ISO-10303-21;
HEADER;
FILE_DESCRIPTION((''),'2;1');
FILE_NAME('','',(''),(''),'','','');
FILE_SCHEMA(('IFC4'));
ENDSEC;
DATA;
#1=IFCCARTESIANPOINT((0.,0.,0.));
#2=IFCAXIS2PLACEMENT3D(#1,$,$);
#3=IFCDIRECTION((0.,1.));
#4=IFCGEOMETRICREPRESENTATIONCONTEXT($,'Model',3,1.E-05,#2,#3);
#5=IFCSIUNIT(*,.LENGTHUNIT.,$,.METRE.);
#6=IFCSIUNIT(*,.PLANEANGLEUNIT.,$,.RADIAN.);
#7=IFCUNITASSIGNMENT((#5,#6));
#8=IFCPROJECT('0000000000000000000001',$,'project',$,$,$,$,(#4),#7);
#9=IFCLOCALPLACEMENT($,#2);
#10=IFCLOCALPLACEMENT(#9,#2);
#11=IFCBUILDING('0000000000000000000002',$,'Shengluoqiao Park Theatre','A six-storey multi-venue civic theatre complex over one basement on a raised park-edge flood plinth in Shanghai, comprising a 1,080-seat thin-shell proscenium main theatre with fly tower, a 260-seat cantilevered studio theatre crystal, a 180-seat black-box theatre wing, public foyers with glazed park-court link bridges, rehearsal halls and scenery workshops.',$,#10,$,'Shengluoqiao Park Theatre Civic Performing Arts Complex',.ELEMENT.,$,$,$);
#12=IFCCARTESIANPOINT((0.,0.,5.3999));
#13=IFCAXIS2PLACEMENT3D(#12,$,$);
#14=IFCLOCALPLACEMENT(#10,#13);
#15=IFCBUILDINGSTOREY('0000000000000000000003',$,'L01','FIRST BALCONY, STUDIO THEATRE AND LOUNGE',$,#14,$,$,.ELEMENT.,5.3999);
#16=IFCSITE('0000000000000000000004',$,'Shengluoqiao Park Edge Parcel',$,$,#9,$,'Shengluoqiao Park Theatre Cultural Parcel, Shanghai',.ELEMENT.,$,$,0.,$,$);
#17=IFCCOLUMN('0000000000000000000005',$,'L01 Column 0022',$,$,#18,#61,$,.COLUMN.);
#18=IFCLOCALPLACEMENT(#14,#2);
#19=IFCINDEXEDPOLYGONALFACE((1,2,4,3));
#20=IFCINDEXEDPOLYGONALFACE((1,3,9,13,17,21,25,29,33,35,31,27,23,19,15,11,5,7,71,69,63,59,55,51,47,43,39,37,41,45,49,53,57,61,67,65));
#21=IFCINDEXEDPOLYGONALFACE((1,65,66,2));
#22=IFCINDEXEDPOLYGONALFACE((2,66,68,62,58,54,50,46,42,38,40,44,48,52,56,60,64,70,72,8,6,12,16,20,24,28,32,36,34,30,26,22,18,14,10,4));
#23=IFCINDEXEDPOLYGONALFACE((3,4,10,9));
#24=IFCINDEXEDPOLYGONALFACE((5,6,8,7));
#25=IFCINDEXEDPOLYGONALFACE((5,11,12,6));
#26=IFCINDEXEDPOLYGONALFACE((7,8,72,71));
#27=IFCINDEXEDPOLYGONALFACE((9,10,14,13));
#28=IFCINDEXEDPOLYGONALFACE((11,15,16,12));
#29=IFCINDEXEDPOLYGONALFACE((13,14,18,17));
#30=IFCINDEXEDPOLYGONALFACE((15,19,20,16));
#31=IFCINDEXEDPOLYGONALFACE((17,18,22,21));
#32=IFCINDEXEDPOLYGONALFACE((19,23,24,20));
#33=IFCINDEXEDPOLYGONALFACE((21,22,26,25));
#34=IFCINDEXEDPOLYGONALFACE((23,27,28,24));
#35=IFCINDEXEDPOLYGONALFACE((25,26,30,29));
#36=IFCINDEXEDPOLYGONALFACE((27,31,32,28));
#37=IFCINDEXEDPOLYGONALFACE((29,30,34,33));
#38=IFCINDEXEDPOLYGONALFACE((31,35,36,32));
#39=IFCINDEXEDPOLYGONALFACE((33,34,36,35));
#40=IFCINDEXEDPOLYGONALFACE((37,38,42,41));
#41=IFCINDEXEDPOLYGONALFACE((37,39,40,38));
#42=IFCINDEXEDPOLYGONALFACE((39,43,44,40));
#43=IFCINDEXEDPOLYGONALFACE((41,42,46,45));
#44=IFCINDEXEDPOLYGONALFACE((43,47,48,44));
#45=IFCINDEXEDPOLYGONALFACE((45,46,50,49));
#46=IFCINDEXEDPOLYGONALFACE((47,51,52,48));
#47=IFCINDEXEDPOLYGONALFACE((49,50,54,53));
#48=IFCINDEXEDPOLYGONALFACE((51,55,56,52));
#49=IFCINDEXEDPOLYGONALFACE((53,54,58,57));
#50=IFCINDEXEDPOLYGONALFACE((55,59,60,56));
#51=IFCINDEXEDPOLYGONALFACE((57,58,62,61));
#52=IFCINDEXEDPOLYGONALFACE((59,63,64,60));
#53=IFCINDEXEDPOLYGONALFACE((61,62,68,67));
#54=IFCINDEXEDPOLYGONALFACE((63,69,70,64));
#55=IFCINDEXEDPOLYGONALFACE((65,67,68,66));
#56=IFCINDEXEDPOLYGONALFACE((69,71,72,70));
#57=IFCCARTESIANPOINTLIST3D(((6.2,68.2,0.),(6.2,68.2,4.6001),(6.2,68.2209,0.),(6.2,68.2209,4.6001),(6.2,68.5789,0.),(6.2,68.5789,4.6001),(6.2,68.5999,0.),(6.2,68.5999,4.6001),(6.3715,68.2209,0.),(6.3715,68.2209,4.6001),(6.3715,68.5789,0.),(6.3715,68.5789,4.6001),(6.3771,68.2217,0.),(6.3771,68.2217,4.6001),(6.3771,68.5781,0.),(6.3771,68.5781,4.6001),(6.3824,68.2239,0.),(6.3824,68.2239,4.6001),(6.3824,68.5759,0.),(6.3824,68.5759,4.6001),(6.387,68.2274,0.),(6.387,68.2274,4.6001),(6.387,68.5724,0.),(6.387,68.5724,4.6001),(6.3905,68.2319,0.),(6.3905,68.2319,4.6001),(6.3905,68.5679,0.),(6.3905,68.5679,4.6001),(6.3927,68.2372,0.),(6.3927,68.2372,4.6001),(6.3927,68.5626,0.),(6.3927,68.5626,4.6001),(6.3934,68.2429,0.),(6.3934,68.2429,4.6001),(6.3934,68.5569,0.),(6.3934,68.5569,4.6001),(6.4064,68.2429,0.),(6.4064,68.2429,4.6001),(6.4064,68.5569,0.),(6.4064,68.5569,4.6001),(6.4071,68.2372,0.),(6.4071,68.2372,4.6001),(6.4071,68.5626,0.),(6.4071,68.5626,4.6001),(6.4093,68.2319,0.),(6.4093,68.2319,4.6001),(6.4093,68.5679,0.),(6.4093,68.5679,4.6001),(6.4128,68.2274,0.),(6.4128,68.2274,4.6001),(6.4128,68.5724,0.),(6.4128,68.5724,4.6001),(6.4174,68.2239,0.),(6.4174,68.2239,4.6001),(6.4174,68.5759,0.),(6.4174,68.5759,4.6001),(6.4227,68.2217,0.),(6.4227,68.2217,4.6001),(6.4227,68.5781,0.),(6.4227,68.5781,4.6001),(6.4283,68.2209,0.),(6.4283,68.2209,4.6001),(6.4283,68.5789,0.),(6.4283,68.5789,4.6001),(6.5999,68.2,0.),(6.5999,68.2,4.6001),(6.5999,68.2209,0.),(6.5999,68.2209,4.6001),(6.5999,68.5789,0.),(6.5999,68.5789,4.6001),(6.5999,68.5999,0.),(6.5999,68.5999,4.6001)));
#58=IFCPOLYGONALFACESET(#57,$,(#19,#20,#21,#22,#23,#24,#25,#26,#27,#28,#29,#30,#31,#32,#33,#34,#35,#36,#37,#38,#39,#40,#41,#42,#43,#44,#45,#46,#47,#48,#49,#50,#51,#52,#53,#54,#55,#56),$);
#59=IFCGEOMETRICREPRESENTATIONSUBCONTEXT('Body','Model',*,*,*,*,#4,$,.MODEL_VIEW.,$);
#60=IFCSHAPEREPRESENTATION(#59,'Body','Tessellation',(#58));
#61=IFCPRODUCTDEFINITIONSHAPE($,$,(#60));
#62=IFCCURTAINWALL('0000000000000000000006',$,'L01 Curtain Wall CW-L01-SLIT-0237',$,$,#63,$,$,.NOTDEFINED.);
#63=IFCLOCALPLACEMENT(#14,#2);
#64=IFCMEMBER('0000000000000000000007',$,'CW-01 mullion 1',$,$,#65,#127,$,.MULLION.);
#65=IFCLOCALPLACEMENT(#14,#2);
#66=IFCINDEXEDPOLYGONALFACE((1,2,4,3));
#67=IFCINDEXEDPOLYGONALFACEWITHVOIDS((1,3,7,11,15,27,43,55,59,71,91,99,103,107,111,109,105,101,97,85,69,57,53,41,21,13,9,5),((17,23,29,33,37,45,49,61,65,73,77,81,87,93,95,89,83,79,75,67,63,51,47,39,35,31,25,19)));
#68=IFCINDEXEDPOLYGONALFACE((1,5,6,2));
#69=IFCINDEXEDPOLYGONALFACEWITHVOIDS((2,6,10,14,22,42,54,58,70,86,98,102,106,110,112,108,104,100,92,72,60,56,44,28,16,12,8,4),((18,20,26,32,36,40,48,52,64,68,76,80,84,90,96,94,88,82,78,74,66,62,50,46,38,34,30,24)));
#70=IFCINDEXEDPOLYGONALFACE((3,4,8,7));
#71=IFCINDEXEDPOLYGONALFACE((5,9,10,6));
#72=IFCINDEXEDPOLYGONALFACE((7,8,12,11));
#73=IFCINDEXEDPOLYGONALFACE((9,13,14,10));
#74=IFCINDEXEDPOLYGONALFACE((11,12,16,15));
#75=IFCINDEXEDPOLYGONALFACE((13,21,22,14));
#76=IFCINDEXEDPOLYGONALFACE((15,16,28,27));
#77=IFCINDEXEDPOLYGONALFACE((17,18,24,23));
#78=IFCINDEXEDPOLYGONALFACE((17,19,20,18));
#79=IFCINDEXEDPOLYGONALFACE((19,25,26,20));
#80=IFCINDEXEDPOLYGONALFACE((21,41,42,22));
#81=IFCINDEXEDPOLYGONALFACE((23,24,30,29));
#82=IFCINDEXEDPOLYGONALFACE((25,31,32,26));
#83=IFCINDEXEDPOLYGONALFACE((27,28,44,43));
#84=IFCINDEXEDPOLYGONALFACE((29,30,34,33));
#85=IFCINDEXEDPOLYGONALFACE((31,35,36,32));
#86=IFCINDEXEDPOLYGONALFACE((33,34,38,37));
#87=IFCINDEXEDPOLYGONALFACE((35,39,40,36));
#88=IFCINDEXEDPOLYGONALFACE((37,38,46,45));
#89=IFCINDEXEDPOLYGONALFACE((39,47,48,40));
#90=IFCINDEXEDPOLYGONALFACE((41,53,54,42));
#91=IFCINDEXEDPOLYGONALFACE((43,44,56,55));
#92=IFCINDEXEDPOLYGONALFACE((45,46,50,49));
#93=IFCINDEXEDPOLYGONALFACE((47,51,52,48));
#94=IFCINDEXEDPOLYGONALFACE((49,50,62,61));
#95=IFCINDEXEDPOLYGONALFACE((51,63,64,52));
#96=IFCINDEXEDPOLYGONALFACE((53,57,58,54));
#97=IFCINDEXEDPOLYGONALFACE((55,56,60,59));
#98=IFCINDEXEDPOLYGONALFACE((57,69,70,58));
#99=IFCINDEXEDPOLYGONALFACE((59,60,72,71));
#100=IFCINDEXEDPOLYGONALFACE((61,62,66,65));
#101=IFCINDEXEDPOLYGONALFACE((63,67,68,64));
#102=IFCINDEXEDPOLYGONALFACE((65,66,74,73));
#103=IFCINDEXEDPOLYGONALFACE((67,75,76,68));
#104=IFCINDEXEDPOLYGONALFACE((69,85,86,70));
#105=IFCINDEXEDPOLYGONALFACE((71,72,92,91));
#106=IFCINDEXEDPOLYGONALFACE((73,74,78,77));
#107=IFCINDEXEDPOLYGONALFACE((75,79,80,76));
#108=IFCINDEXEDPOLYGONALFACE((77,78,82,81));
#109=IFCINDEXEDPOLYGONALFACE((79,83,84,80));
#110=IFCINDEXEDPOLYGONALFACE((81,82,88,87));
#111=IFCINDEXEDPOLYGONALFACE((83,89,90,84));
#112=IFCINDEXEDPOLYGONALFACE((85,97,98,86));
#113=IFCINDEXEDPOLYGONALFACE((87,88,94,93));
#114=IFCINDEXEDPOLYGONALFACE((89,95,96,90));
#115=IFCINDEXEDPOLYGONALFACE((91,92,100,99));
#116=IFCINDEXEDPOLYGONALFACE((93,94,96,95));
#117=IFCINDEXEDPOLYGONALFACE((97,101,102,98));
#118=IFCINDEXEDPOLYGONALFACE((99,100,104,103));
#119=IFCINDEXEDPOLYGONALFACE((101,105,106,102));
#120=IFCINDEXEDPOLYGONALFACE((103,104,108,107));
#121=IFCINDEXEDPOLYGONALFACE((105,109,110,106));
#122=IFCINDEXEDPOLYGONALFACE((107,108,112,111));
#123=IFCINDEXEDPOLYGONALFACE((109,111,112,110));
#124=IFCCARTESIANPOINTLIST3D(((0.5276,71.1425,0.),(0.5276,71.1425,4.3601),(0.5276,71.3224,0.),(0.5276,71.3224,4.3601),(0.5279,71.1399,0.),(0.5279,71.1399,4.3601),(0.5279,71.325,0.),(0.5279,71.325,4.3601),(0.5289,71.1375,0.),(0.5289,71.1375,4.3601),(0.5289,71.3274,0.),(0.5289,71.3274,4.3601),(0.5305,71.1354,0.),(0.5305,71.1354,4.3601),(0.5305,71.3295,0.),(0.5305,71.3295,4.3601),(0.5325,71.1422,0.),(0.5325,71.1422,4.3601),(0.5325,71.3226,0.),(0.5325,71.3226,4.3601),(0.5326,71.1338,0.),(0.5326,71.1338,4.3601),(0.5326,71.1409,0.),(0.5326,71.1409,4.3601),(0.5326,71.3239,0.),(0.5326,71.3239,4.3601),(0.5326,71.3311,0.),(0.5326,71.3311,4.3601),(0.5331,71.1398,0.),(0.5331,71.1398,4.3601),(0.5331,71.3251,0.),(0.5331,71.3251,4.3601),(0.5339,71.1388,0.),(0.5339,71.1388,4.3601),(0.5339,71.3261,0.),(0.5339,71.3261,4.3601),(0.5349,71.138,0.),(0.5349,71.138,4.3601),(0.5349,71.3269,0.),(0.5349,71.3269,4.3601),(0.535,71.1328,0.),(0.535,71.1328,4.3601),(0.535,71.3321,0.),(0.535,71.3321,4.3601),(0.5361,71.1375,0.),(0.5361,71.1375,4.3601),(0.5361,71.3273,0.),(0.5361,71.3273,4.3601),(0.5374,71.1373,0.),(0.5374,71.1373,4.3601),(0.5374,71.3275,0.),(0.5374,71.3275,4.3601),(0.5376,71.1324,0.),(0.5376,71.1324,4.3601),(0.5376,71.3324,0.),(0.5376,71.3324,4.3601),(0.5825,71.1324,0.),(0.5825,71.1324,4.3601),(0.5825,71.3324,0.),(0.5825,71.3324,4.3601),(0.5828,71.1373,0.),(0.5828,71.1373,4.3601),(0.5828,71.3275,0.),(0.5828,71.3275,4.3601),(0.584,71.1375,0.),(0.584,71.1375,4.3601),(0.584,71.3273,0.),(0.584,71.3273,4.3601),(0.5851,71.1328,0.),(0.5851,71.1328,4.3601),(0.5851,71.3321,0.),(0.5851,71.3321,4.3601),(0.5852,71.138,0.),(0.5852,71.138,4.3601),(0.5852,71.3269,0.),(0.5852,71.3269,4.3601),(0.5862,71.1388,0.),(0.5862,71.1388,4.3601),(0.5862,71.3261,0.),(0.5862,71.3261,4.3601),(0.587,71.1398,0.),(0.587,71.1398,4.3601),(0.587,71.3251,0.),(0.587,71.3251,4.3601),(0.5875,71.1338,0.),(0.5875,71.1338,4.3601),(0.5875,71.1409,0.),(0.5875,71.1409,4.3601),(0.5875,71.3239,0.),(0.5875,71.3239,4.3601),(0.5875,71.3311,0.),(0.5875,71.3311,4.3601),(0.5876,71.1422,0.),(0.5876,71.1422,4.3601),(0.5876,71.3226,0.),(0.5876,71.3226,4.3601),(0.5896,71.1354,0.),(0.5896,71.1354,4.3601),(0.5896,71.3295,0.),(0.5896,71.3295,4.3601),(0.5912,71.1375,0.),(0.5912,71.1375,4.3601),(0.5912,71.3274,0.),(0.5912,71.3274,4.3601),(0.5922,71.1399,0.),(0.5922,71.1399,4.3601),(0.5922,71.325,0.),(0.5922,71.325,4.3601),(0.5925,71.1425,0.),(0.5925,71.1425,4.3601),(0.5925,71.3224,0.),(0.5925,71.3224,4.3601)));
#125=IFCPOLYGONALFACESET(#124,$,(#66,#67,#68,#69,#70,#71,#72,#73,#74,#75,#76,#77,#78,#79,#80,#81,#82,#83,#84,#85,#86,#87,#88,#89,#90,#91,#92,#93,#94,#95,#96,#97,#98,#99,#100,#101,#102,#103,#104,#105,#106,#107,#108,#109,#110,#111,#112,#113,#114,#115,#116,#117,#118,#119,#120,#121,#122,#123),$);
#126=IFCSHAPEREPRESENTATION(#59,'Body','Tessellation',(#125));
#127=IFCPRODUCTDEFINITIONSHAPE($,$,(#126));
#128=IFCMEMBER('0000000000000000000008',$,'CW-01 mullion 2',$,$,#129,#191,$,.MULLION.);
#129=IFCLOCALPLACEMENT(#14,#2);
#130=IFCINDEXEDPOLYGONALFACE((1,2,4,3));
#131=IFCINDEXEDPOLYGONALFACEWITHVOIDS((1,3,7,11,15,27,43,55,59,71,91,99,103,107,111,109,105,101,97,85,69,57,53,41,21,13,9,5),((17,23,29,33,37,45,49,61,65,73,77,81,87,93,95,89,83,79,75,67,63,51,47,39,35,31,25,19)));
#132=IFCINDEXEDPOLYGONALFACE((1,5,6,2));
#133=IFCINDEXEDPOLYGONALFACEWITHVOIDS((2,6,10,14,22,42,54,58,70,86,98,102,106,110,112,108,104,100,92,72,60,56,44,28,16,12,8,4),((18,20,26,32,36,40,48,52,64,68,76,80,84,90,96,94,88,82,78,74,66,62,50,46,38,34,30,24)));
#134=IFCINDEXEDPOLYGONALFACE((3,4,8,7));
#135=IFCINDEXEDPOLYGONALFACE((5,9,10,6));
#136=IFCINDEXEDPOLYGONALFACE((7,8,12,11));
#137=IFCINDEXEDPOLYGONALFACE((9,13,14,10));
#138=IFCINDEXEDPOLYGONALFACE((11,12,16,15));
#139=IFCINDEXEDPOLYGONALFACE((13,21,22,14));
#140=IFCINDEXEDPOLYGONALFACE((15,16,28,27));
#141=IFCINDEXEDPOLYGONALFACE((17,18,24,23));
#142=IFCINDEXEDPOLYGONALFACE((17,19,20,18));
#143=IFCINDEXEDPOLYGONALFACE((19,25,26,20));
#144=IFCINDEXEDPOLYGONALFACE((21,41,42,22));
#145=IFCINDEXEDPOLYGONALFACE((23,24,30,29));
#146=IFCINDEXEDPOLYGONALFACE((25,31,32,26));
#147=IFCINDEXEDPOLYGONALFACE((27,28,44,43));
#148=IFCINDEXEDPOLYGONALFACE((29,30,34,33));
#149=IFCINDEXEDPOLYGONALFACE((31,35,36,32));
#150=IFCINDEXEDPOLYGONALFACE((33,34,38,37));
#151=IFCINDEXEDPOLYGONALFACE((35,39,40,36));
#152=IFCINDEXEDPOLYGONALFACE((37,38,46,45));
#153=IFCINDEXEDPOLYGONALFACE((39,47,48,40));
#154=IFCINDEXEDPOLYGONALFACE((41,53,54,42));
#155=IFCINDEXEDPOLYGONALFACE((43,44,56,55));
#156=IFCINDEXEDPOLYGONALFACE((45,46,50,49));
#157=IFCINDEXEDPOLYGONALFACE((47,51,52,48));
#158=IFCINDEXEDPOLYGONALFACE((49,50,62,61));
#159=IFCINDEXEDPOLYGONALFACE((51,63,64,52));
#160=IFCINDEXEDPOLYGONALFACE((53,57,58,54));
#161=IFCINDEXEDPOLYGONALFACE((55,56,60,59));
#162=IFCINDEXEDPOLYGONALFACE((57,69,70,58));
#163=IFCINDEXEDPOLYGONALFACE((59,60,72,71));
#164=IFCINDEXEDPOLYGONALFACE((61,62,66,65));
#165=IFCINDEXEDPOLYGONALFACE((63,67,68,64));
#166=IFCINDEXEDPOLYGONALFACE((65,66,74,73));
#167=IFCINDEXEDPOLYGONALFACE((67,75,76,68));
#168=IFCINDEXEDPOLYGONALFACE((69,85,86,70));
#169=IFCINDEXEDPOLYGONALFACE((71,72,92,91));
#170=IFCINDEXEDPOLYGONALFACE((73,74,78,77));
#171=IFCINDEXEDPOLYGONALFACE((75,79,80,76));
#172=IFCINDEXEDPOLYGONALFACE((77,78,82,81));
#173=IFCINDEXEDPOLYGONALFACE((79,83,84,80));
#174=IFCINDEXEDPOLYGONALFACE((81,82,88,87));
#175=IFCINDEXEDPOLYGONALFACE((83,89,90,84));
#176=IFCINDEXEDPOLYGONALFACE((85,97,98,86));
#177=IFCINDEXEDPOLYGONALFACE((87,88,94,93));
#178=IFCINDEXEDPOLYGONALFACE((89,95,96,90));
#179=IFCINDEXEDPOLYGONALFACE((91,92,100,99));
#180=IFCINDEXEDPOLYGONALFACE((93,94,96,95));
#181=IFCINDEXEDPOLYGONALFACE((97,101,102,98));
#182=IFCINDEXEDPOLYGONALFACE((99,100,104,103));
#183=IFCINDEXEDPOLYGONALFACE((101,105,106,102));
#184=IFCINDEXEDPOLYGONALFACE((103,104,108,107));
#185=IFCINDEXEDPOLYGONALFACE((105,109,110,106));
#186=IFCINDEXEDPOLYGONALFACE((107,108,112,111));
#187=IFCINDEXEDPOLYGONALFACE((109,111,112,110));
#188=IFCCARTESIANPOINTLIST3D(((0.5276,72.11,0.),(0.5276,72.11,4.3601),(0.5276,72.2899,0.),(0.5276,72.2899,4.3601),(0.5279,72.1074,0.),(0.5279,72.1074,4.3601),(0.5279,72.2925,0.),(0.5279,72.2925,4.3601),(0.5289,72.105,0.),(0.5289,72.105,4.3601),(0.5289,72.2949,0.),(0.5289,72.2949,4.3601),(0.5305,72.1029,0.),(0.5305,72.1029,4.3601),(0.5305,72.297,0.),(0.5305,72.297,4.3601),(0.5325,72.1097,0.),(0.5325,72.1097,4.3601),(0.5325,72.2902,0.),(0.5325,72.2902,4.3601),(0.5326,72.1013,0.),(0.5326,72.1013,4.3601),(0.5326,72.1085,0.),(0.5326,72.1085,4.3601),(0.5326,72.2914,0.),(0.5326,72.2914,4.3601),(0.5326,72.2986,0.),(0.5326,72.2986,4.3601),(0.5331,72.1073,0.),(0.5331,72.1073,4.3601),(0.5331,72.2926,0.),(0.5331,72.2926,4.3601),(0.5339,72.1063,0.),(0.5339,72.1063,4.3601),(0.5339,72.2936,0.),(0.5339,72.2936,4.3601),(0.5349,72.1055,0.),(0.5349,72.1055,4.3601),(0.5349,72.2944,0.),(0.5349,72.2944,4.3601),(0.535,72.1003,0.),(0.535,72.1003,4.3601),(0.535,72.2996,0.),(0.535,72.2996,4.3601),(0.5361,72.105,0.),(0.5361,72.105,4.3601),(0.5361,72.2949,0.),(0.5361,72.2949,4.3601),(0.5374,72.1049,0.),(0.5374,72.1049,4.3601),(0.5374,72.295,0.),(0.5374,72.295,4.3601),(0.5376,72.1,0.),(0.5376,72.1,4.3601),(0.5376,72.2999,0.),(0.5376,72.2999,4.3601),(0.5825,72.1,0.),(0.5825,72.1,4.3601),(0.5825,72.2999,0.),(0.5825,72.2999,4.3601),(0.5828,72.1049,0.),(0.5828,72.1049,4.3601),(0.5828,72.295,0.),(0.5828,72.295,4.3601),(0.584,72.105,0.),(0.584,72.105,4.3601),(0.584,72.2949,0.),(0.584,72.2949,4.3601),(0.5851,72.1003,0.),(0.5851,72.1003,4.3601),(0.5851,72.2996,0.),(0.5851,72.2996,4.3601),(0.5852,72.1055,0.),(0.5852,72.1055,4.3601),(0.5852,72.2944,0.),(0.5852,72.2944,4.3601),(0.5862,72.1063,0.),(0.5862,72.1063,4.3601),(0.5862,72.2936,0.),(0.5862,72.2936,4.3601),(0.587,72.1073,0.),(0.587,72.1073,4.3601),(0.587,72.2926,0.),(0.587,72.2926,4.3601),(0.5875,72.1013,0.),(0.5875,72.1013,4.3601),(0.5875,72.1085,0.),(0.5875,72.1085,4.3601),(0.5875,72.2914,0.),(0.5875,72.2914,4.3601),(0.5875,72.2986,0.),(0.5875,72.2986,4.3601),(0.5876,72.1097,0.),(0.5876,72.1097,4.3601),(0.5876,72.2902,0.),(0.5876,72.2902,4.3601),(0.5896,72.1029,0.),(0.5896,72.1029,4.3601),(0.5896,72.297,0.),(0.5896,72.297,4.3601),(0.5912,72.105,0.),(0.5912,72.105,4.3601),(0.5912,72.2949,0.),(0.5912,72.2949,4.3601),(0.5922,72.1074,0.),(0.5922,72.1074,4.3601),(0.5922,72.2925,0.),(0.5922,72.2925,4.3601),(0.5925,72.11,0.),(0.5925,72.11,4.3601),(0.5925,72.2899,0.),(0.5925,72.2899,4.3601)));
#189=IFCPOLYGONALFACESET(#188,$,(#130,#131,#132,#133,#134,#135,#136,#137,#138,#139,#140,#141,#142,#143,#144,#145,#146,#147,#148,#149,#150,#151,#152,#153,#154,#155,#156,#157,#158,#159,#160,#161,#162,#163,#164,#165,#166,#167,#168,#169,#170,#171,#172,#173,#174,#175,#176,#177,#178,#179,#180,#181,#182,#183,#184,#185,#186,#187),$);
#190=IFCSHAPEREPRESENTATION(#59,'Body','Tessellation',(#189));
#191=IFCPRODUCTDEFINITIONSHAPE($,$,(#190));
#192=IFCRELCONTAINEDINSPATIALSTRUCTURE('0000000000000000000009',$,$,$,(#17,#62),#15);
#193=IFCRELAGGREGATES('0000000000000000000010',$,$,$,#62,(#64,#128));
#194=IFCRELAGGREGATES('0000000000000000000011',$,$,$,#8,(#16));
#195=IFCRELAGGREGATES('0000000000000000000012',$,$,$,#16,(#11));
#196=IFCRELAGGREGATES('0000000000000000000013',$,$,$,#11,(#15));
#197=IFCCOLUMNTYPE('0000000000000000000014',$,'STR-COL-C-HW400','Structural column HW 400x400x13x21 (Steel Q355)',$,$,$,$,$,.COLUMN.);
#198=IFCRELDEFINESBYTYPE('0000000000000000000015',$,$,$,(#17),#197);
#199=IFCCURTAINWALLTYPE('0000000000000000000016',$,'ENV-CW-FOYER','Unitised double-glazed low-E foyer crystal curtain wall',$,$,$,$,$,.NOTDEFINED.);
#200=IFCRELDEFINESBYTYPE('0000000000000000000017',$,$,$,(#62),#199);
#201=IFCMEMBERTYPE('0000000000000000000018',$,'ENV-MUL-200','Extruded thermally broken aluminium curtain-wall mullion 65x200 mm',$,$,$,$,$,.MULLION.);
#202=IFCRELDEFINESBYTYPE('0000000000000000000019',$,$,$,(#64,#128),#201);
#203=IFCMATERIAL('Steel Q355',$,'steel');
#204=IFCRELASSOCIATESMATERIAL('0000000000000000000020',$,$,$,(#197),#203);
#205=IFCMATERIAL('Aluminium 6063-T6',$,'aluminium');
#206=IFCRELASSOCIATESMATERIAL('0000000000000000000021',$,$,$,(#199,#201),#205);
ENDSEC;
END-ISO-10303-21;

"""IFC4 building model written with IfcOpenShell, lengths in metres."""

from ifc_helpers import new_model, si_unit, direction, frame, origin, origin_2d, place, context, subcontext, project, spatial, hollow_rectangle, i_section, extrude, material, material_profile, profile_set, type_object, element, aggregate, save


model = new_model("IFC4")

# Units and contexts
model_context = context("Model", 3, precision=1e-05, world=origin(), true_north=direction((0.0, 1.0)))
body_context = subcontext(model_context, "Body", "Model", "MODEL_VIEW")
ifc_project = project(units=[si_unit("LENGTHUNIT", "METRE"), si_unit("PLANEANGLEUNIT", "RADIAN")], contexts=[model_context])

# Site, building, storey
site_placement = place(None, origin())
site = spatial("IfcSite", under=ifc_project, at=site_placement, Name="Shengluoqiao Park Edge Parcel", LongName="Shengluoqiao Park Theatre Cultural Parcel, Shanghai", CompositionType="ELEMENT", RefElevation=0.0)
building_placement = place(site_placement, origin())
building = spatial("IfcBuilding", under=site, at=building_placement, Name="Shengluoqiao Park Theatre", Description="A six-storey multi-venue civic theatre complex over one basement on a raised park-edge flood plinth in Shanghai, comprising a 1,080-seat thin-shell proscenium main theatre with fly tower, a 260-seat cantilevered studio theatre crystal, a 180-seat black-box theatre wing, public foyers with glazed park-court link bridges, rehearsal halls and scenery workshops.", LongName="Shengluoqiao Park Theatre Civic Performing Arts Complex", CompositionType="ELEMENT")
storey_placement = place(building_placement, frame((0.0, 0.0, 5.3999)))
storey = spatial("IfcBuildingStorey", under=building, at=storey_placement, Name="L01", Description="FIRST BALCONY, STUDIO THEATRE AND LOUNGE", CompositionType="ELEMENT", Elevation=5.3999)

# Column
ifc_material_1 = material(Name="Steel Q355", Category="steel")
ifc_material_profile_1 = material_profile(ifc_material_1, i_section(OverallWidth=0.3999, OverallDepth=0.3999, WebThickness=0.0129, FlangeThickness=0.021, FilletRadius=0.022, at=origin_2d()), Name="HW 400x400x13x21")
ifc_profile_set_1 = profile_set([ifc_material_profile_1], Name="Steel Q355")
column_type = type_object("IfcColumnType", Name="STR-COL-C-HW400", Description="Structural column HW 400x400x13x21 (Steel Q355)", PredefinedType="COLUMN", material=ifc_profile_set_1)
column_placement = place(storey_placement, frame((6.3999, 68.3999, 0.0), z_axis=(0.0, 0.0, 1.0), x_axis=(1.0, 0.0, 0.0)))
element("IfcColumn", 1, at=column_placement, inside=storey, type_object=column_type, Name="L01 Column 0022", PredefinedType="COLUMN", context=body_context, shape_type="SweptSolid", body=[
    extrude(i_section(OverallWidth=0.3999, OverallDepth=0.3999, WebThickness=0.0129, FlangeThickness=0.021, FilletRadius=0.022, at=origin_2d()), origin(), (0.0, 0.0, 1.0), 4.6001),
])

# Curtain wall, members
ifc_material_2 = material(Name="Aluminium 6063-T6", Category="aluminium")
curtain_wall_type = type_object("IfcCurtainWallType", Name="ENV-CW-FOYER", Description="Unitised double-glazed low-E foyer crystal curtain wall", PredefinedType="NOTDEFINED", material=ifc_material_2)
curtain_wall_placement = place(storey_placement, origin())
curtain_wall = element("IfcCurtainWall", 2, at=curtain_wall_placement, inside=storey, type_object=curtain_wall_type, Name="L01 Curtain Wall CW-L01-SLIT-0237", PredefinedType="NOTDEFINED")
ifc_material_profile_2 = material_profile(ifc_material_2, hollow_rectangle(XDim=0.0649, YDim=0.2, WallThickness=0.0049, InnerFilletRadius=0.0049, OuterFilletRadius=0.01, at=origin_2d()), Name="ALU MULLION 200x65x5")
ifc_profile_set_2 = profile_set([ifc_material_profile_2], Name="Aluminium 6063-T6")
member_type_1 = type_object("IfcMemberType", Name="ENV-MUL-200", Description="Extruded thermally broken aluminium curtain-wall mullion 65x200 mm", PredefinedType="MULLION", material=ifc_profile_set_2)
member_1_placement = place(storey_placement, frame((0.5601, 71.2324, 0.0), z_axis=(0.0, 0.0, 1.0), x_axis=(-1.0, 0.0, 0.0)))
member_1 = element("IfcMember", 3, at=member_1_placement, type_object=member_type_1, Name="CW-01 mullion 1", PredefinedType="MULLION", context=body_context, shape_type="SweptSolid", body=[
    extrude(hollow_rectangle(XDim=0.0649, YDim=0.2, WallThickness=0.0049, InnerFilletRadius=0.0049, OuterFilletRadius=0.01, at=origin_2d()), origin(), (0.0, 0.0, 1.0), 4.3601),
])
member_2_placement = place(storey_placement, frame((0.5601, 72.2, 0.0), z_axis=(0.0, 0.0, 1.0), x_axis=(-1.0, 0.0, 0.0)))
member_2 = element("IfcMember", 4, at=member_2_placement, type_object=member_type_1, Name="CW-01 mullion 2", PredefinedType="MULLION", context=body_context, shape_type="SweptSolid", body=[
    extrude(hollow_rectangle(XDim=0.0649, YDim=0.2, WallThickness=0.0049, InnerFilletRadius=0.0049, OuterFilletRadius=0.01, at=origin_2d()), origin(), (0.0, 0.0, 1.0), 4.3601),
])

aggregate(curtain_wall, [member_1, member_2])

save(model, "model.ifc")
